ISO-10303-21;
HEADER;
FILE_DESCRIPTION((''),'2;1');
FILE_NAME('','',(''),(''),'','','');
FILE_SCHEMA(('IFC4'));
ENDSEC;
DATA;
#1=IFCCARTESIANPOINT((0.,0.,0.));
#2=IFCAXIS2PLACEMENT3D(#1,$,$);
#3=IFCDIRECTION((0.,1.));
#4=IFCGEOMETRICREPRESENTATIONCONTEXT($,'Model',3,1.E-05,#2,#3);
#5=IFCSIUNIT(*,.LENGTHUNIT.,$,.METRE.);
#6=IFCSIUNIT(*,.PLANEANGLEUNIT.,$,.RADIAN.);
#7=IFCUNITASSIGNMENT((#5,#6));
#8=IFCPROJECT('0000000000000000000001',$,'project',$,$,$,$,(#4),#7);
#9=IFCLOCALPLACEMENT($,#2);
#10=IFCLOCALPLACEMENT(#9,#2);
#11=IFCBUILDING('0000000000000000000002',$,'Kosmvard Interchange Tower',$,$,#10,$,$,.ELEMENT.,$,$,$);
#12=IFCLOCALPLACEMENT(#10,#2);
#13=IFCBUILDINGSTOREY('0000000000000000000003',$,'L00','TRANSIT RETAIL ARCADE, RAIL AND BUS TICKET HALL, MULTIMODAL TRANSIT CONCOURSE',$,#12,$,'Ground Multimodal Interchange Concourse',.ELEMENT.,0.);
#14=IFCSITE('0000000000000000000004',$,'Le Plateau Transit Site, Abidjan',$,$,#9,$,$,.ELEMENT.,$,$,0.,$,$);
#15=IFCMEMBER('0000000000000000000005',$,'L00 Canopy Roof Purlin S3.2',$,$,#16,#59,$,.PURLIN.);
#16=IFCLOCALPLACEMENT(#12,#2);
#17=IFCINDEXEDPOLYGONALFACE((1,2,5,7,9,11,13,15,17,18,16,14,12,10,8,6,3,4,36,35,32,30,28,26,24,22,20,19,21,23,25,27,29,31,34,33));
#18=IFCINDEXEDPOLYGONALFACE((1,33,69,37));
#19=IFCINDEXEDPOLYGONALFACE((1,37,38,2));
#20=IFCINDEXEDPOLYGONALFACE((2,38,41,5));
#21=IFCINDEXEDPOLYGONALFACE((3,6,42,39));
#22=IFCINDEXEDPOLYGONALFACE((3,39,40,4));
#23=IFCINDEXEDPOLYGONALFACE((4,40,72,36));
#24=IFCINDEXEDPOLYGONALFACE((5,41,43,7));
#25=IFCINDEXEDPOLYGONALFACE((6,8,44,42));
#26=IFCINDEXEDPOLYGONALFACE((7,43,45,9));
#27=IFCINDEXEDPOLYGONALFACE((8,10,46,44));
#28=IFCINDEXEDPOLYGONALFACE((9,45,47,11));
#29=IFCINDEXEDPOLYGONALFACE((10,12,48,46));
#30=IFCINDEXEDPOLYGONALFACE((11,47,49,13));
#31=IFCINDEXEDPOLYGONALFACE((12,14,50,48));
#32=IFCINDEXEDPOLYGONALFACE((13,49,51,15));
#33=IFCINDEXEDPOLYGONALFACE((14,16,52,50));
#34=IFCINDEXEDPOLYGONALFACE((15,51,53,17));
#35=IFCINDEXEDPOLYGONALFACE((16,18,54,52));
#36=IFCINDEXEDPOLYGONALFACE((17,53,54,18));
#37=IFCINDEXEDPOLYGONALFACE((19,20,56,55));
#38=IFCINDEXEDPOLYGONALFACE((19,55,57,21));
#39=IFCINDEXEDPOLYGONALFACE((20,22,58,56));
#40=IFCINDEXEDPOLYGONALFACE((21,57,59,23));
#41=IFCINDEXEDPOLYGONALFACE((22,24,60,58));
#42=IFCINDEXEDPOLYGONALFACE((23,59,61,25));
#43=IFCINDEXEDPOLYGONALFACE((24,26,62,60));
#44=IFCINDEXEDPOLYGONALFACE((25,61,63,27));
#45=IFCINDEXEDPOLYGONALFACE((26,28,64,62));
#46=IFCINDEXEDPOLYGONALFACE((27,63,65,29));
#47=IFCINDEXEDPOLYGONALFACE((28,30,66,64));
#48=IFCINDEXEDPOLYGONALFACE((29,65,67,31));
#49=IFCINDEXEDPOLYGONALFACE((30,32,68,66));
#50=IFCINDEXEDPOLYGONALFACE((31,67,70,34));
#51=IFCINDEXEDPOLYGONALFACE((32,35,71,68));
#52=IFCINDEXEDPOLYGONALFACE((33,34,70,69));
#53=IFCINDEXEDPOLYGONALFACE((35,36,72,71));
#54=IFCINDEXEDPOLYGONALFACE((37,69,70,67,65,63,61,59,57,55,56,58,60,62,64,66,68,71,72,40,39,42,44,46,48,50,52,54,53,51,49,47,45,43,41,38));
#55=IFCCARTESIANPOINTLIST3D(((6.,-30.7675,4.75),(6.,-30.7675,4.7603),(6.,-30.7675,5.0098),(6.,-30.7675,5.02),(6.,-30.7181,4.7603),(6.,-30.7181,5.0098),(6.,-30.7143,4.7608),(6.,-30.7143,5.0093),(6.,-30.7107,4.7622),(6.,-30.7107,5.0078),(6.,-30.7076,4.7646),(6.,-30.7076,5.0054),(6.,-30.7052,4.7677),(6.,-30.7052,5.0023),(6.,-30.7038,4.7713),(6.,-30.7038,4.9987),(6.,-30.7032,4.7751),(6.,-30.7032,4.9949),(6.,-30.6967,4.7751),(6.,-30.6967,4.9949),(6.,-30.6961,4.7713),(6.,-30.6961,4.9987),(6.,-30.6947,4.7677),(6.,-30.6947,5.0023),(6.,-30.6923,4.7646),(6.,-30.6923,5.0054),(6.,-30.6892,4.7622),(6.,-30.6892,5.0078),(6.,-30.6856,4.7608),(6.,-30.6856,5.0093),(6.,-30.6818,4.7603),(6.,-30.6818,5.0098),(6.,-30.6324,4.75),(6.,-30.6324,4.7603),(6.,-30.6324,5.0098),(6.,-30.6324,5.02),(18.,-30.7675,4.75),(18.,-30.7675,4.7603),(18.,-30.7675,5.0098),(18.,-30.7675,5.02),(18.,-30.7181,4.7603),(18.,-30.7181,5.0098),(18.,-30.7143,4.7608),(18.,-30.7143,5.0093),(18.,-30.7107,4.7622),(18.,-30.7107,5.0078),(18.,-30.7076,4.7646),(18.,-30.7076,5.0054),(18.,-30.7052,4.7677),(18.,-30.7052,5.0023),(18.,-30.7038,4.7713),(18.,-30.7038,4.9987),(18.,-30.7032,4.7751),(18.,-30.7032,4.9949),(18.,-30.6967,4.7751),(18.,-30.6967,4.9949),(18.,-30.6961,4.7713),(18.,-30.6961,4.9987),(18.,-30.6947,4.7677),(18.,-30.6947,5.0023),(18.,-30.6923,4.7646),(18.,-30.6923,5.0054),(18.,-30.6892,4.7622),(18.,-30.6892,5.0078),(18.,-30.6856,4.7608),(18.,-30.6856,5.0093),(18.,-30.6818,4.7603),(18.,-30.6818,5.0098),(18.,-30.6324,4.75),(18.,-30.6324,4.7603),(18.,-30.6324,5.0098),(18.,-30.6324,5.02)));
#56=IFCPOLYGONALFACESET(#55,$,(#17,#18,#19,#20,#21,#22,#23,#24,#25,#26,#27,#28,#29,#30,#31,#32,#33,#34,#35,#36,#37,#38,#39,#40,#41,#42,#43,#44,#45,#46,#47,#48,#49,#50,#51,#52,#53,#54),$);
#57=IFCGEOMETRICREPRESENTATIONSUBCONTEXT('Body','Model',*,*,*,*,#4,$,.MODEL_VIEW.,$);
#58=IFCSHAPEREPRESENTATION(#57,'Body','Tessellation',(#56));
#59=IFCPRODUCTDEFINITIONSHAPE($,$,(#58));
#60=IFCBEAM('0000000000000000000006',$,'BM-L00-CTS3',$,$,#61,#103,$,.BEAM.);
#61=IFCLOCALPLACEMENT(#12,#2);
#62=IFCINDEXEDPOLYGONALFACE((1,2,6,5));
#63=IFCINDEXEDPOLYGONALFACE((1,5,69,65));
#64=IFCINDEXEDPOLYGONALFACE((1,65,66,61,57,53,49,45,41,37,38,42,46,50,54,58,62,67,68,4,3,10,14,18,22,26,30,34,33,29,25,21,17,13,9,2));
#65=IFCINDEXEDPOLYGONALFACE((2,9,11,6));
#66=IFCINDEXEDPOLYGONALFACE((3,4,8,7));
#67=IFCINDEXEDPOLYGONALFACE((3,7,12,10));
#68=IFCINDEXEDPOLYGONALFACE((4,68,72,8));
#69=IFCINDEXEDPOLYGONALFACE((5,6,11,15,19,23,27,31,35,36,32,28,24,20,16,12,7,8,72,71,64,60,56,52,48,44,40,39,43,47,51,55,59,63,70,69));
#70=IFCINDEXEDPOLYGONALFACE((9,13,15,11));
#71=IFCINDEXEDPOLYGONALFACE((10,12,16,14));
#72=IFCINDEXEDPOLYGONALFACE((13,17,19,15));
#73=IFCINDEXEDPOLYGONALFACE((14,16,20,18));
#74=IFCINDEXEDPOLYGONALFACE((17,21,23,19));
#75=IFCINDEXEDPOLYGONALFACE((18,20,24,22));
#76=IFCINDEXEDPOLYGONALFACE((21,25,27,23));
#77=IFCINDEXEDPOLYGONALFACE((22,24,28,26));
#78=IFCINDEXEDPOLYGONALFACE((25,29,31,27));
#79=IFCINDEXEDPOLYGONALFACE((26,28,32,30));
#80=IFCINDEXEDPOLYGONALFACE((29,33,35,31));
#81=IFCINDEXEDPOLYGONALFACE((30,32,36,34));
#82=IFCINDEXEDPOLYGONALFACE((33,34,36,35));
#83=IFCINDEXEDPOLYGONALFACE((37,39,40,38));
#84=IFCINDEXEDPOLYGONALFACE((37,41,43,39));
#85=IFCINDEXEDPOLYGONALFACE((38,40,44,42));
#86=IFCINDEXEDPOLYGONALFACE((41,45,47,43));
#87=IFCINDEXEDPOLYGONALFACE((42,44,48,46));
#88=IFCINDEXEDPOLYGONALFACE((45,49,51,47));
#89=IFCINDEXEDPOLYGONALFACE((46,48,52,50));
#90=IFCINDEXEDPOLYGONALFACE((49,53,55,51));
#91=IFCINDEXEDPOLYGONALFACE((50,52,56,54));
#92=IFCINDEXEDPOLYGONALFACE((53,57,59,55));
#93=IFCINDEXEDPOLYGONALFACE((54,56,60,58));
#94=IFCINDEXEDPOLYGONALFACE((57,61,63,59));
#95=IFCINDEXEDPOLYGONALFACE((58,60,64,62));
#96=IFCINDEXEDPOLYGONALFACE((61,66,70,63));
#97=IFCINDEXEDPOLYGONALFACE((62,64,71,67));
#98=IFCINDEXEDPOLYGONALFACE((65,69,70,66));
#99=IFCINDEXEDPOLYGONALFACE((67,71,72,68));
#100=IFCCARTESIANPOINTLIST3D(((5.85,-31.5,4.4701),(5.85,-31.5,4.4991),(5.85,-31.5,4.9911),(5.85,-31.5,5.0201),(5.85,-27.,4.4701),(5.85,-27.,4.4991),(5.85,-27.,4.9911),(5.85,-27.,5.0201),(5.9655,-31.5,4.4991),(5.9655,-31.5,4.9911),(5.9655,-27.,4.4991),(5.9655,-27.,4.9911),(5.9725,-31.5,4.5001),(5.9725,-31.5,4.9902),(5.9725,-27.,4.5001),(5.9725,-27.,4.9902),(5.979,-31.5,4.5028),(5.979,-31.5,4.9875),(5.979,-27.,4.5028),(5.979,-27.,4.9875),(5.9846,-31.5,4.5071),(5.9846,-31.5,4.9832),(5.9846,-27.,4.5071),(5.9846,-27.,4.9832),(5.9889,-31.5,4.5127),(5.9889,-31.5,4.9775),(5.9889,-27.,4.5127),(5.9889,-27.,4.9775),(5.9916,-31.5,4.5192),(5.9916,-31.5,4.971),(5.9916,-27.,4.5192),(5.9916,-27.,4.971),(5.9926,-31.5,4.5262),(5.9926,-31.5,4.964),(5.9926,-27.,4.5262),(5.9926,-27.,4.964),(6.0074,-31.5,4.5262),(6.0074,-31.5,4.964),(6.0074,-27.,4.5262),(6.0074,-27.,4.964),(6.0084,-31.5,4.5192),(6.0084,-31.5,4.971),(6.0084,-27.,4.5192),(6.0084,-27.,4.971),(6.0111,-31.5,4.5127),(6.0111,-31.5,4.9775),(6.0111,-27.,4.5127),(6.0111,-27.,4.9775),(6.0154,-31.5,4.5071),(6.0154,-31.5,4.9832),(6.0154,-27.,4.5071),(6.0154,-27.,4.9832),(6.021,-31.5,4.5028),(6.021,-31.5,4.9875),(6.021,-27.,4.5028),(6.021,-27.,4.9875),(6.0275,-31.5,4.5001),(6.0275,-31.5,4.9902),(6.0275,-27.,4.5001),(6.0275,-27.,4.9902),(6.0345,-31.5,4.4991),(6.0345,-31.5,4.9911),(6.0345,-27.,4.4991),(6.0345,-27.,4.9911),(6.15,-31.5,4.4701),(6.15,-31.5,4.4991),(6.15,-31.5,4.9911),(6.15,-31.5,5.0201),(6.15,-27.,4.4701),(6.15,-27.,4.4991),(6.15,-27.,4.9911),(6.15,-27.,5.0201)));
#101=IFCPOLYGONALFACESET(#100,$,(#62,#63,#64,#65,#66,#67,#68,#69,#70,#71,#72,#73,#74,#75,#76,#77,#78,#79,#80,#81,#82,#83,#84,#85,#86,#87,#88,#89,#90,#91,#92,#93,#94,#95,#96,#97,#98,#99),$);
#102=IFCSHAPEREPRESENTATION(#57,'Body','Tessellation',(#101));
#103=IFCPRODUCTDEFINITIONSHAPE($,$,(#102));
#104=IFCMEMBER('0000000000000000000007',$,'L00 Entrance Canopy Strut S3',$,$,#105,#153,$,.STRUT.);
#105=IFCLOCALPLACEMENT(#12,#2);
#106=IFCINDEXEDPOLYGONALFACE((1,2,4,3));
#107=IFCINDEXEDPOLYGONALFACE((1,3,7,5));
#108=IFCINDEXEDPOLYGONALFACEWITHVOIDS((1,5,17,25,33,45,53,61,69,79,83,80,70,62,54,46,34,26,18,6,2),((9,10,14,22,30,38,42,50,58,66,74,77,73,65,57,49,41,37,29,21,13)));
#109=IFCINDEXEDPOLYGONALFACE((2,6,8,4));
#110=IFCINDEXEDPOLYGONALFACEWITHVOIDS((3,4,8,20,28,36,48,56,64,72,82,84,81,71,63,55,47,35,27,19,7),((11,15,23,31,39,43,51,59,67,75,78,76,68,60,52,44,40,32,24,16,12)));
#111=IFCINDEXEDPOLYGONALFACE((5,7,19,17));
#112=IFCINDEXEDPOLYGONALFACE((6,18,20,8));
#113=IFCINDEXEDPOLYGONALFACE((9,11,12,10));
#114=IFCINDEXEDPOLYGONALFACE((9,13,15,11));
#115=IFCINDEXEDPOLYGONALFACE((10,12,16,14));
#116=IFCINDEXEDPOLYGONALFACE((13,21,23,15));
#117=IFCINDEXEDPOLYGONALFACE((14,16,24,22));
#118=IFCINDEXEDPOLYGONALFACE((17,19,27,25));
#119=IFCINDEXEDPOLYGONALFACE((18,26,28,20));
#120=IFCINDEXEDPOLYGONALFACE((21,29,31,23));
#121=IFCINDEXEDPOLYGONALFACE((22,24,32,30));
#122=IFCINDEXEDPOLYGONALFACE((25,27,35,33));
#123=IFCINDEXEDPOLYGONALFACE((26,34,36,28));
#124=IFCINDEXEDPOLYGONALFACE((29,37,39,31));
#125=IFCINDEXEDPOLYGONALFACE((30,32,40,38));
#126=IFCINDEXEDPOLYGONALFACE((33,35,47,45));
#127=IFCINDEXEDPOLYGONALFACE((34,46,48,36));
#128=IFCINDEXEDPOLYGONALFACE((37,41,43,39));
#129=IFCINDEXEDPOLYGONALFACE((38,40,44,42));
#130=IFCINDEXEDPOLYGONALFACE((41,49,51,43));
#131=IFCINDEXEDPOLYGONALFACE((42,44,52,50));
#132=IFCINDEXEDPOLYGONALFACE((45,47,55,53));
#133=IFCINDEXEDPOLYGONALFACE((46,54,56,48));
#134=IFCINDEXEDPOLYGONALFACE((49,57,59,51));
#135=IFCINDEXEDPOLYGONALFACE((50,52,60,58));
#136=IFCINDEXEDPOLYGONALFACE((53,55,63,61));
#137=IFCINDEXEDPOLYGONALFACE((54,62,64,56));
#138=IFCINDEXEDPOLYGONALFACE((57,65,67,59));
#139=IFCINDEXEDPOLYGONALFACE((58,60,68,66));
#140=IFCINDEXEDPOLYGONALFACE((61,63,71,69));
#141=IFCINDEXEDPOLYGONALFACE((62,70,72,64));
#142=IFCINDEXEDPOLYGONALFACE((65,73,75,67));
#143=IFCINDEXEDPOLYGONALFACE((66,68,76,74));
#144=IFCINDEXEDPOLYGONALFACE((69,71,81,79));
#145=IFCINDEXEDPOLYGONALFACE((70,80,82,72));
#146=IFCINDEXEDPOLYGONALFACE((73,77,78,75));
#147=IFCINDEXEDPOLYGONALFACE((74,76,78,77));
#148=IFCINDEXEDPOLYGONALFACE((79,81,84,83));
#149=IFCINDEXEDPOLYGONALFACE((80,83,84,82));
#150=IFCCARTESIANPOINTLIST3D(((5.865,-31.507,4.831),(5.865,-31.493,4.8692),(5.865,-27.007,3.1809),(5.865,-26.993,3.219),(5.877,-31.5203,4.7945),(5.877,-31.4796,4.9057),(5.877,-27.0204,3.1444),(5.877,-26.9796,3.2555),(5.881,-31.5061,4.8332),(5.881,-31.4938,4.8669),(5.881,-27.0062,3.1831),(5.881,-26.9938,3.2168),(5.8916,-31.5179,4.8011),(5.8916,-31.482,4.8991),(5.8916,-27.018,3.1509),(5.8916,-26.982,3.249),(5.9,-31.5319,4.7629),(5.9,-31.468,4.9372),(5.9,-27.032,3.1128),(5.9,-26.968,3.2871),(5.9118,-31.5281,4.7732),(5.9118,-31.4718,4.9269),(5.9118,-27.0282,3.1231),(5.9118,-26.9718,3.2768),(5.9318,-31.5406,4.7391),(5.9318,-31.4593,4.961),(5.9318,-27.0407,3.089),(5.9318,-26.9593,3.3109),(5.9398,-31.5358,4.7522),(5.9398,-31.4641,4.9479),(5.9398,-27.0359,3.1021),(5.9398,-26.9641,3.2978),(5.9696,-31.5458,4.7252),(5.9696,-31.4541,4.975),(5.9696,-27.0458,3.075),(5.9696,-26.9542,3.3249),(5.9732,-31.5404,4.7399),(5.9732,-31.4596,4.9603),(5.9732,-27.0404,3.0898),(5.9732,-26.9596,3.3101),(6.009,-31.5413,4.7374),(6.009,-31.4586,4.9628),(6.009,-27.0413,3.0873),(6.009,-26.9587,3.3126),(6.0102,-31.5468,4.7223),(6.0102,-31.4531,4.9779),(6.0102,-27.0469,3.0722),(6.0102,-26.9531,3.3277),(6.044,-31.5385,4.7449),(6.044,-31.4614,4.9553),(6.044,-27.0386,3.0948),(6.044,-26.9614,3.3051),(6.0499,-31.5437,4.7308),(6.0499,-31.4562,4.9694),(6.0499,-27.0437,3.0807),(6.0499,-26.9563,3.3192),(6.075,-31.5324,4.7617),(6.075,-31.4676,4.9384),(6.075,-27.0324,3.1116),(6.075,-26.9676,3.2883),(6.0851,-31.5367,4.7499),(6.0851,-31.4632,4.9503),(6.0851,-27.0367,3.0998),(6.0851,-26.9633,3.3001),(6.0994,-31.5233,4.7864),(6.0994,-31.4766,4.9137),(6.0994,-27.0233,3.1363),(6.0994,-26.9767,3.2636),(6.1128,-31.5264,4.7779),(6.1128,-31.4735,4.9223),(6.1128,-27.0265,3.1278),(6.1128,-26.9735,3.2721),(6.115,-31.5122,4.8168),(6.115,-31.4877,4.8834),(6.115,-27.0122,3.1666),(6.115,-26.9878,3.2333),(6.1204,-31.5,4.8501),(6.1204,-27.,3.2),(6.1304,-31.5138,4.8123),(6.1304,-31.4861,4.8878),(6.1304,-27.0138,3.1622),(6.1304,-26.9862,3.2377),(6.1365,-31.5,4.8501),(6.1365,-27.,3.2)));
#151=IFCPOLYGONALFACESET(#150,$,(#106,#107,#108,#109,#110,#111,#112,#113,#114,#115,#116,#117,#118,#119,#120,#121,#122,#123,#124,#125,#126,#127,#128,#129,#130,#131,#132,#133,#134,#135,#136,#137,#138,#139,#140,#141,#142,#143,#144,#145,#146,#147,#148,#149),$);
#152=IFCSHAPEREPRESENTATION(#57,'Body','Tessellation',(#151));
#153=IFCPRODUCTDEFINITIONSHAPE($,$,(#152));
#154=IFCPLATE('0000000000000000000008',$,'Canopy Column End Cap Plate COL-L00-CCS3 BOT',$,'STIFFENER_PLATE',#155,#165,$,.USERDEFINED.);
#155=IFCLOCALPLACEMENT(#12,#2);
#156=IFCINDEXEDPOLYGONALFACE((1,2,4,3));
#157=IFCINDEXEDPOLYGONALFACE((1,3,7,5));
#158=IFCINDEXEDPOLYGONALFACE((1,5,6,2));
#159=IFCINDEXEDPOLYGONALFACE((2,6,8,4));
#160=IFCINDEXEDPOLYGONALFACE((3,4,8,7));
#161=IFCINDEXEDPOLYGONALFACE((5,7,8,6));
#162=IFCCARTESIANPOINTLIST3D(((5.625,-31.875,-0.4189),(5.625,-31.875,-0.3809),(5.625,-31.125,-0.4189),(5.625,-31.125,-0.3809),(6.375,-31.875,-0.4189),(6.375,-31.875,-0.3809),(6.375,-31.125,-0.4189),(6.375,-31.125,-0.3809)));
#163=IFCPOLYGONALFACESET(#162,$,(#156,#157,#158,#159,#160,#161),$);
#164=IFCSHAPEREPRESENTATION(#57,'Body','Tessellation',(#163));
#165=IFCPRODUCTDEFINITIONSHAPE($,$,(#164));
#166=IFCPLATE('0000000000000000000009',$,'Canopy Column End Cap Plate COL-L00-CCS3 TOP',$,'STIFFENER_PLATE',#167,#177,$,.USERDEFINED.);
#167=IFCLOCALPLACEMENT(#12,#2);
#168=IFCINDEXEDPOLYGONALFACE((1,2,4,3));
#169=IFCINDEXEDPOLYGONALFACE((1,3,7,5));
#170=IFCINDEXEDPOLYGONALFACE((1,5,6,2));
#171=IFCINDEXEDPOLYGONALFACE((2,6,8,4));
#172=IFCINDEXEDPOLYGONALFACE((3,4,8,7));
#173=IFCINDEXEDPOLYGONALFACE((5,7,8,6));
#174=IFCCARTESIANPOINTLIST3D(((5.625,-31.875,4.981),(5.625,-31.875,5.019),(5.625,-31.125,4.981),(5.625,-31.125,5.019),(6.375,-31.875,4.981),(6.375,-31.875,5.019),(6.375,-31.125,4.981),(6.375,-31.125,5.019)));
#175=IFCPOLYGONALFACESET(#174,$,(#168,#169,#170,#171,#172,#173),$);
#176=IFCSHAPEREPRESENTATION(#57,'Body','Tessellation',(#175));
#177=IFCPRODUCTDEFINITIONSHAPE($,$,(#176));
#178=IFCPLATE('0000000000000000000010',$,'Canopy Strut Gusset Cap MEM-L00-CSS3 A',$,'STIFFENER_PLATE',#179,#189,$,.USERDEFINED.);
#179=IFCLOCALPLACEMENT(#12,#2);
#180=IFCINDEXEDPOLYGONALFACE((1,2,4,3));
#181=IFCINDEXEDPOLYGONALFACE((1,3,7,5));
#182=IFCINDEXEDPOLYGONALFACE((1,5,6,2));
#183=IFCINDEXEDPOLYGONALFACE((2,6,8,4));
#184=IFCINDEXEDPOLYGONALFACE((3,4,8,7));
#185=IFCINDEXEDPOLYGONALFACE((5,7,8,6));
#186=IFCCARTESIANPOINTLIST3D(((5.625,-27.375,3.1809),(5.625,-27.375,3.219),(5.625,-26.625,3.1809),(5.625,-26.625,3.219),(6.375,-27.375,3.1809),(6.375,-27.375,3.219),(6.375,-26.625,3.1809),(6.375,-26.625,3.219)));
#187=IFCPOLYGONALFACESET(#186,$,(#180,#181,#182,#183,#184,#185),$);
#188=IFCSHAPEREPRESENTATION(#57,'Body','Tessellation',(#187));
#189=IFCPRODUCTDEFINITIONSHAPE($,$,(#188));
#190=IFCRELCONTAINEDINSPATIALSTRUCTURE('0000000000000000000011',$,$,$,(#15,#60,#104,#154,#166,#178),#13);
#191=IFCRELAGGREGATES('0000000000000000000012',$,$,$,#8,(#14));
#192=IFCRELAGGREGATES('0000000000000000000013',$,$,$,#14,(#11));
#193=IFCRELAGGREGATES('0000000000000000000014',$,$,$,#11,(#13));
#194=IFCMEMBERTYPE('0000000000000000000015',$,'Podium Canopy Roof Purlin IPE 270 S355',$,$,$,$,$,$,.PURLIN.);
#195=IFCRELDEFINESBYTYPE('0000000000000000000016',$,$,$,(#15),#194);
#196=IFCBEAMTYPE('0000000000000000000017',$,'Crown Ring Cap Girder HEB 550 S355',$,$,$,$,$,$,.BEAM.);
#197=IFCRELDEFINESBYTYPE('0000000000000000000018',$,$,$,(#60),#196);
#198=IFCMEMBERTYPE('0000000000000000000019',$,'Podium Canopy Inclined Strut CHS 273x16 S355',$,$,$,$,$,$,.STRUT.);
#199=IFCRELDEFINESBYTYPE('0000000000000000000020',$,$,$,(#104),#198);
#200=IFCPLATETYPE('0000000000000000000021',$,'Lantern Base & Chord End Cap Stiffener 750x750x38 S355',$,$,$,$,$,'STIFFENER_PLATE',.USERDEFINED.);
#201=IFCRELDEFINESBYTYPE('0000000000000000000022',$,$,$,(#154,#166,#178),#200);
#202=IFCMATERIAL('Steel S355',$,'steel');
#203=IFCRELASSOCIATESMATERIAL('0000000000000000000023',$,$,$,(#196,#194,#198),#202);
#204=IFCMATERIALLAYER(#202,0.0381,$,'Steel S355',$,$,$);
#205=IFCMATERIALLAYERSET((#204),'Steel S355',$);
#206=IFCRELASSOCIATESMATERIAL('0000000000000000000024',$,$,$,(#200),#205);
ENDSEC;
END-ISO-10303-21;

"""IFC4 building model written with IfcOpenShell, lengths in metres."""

from ifc_helpers import new_model, si_unit, direction, frame, origin, origin_2d, place, context, subcontext, project, spatial, rectangle, hollow_circle, i_section, extrude, source, transform, mapped, material, layer, layer_set, material_profile, profile_set, type_object, element, save


model = new_model("IFC4")

# Units and contexts
model_context = context("Model", 3, precision=1e-05, world=origin(), true_north=direction((0.0, 1.0)))
body_context = subcontext(model_context, "Body", "Model", "MODEL_VIEW")
ifc_project = project(units=[si_unit("LENGTHUNIT", "METRE"), si_unit("PLANEANGLEUNIT", "RADIAN")], contexts=[model_context])

# Site, building, storey
site_placement = place(None, origin())
site = spatial("IfcSite", under=ifc_project, at=site_placement, Name="Le Plateau Transit Site, Abidjan", CompositionType="ELEMENT", RefElevation=0.0)
building_placement = place(site_placement, origin())
building = spatial("IfcBuilding", under=site, at=building_placement, Name="Kosmvard Interchange Tower", CompositionType="ELEMENT")
storey_placement = place(building_placement, origin())
storey = spatial("IfcBuildingStorey", under=building, at=storey_placement, Name="L00", Description="TRANSIT RETAIL ARCADE, RAIL AND BUS TICKET HALL, MULTIMODAL TRANSIT CONCOURSE", LongName="Ground Multimodal Interchange Concourse", CompositionType="ELEMENT", Elevation=0.0)

# Shared definitions
ifc_material_1 = material(Name="Steel S355", Category="steel")

# Shared definitions
ifc_material_profile_1 = material_profile(ifc_material_1, i_section(OverallWidth=0.3, OverallDepth=0.55, WebThickness=0.0149, FlangeThickness=0.0291, FilletRadius=0.0271, at=origin_2d()), Name="HEB 550")
ifc_profile_set_1 = profile_set([ifc_material_profile_1], Name="Steel S355")
beam_type_1 = type_object("IfcBeamType", Name="Crown Ring Cap Girder HEB 550 S355", PredefinedType="BEAM", material=ifc_profile_set_1)

# Member
ifc_material_profile_2 = material_profile(ifc_material_1, i_section(OverallWidth=0.135, OverallDepth=0.27, WebThickness=0.0066, FlangeThickness=0.0103, FilletRadius=0.0149, at=origin_2d()), Name="IPE 270")
ifc_profile_set_2 = profile_set([ifc_material_profile_2], Name="Steel S355")
member_type_1 = type_object("IfcMemberType", Name="Podium Canopy Roof Purlin IPE 270 S355", PredefinedType="PURLIN", material=ifc_profile_set_2)
shared_shape_1 = source(origin(), body_context, "Body", "SweptSolid", [
    extrude(i_section(OverallWidth=0.135, OverallDepth=0.27, WebThickness=0.0066, FlangeThickness=0.0103, FilletRadius=0.0149, at=origin_2d()), origin(), (0.0, 0.0, 1.0), 12.0),
])
for number, where, z_axis, x_axis, name in (
    (1, (6.0, -30.7, 4.885), (1.0, 0.0, 0.0), (0.0, 1.0, 0.0), "L00 Canopy Roof Purlin S3.2"),
):
    element("IfcMember", number, at=place(storey_placement, frame(where, z_axis=z_axis, x_axis=x_axis)), inside=storey, type_object=member_type_1, Name=name, PredefinedType="PURLIN", context=body_context, shape_type="MappedRepresentation", body=[
        mapped(shared_shape_1, transform((0.0, 0.0, 0.0), scale=1.0)),
    ])

# Beam
shared_shape_2 = source(origin(), body_context, "Body", "SweptSolid", [
    extrude(i_section(OverallWidth=0.3, OverallDepth=0.55, WebThickness=0.0149, FlangeThickness=0.0291, FilletRadius=0.0271, at=origin_2d()), origin(), (0.0, 0.0, 1.0), 4.5),
])
beam_1_placement = place(storey_placement, frame((6.0, -27.0, 4.7451), z_axis=(0.0, -1.0, 0.0), x_axis=(1.0, 0.0, 0.0)))
element("IfcBeam", 2, at=beam_1_placement, inside=storey, type_object=beam_type_1, Name="BM-L00-CTS3", PredefinedType="BEAM", context=body_context, shape_type="MappedRepresentation", body=[
    mapped(shared_shape_2, transform((0.0, 0.0, 0.0), scale=1.0)),
])

# Member
ifc_material_profile_3 = material_profile(ifc_material_1, hollow_circle(Radius=0.1365, WallThickness=0.0161, at=origin_2d()), Name="CHS 273x16")
ifc_profile_set_3 = profile_set([ifc_material_profile_3], Name="Steel S355")
member_type_2 = type_object("IfcMemberType", Name="Podium Canopy Inclined Strut CHS 273x16 S355", PredefinedType="STRUT", material=ifc_profile_set_3)
shared_shape_3 = source(origin(), body_context, "Body", "SweptSolid", [
    extrude(hollow_circle(Radius=0.1365, WallThickness=0.0161, at=origin_2d()), origin(), (0.0, 0.0, 1.0), 4.793),
])
member_placement = place(storey_placement, frame((6.0, -27.0, 3.2), z_axis=(0.0, -0.938866, 0.344282), x_axis=(1.0, 0.0, 0.0)))
element("IfcMember", 3, at=member_placement, inside=storey, type_object=member_type_2, Name="L00 Entrance Canopy Strut S3", PredefinedType="STRUT", context=body_context, shape_type="MappedRepresentation", body=[
    mapped(shared_shape_3, transform((0.0, 0.0, 0.0), scale=1.0)),
])

# Plates
ifc_layer_1 = layer(ifc_material_1, 0.0381, Name="Steel S355")
ifc_layer_set_1 = layer_set([ifc_layer_1], Name="Steel S355")
plate_type = type_object("IfcPlateType", Name="Lantern Base & Chord End Cap Stiffener 750x750x38 S355", ElementType="STIFFENER_PLATE", PredefinedType="USERDEFINED", material=ifc_layer_set_1)
shared_shape_4 = source(origin(), body_context, "Body", "SweptSolid", [
    extrude(rectangle(XDim=0.75, YDim=0.75, at=origin_2d()), origin(), (0.0, 0.0, 1.0), 0.0381),
])
for number, where, z_axis, x_axis, name in (
    (4, (6.0, -31.5, -0.4189), (0.0, 0.0, 1.0), (1.0, 0.0, 0.0), "Canopy Column End Cap Plate COL-L00-CCS3 BOT"),
    (5, (6.0, -31.5, 4.981), (0.0, 0.0, 1.0), (1.0, 0.0, 0.0), "Canopy Column End Cap Plate COL-L00-CCS3 TOP"),
    (6, (6.0, -27.0, 3.1809), (0.0, 0.0, 1.0), (1.0, 0.0, 0.0), "Canopy Strut Gusset Cap MEM-L00-CSS3 A"),
):
    element("IfcPlate", number, at=place(storey_placement, frame(where, z_axis=z_axis, x_axis=x_axis)), inside=storey, type_object=plate_type, Name=name, ObjectType="STIFFENER_PLATE", PredefinedType="USERDEFINED", context=body_context, shape_type="MappedRepresentation", body=[
        mapped(shared_shape_4, transform((0.0, 0.0, 0.0), scale=1.0)),
    ])

save(model, "model.ifc")
